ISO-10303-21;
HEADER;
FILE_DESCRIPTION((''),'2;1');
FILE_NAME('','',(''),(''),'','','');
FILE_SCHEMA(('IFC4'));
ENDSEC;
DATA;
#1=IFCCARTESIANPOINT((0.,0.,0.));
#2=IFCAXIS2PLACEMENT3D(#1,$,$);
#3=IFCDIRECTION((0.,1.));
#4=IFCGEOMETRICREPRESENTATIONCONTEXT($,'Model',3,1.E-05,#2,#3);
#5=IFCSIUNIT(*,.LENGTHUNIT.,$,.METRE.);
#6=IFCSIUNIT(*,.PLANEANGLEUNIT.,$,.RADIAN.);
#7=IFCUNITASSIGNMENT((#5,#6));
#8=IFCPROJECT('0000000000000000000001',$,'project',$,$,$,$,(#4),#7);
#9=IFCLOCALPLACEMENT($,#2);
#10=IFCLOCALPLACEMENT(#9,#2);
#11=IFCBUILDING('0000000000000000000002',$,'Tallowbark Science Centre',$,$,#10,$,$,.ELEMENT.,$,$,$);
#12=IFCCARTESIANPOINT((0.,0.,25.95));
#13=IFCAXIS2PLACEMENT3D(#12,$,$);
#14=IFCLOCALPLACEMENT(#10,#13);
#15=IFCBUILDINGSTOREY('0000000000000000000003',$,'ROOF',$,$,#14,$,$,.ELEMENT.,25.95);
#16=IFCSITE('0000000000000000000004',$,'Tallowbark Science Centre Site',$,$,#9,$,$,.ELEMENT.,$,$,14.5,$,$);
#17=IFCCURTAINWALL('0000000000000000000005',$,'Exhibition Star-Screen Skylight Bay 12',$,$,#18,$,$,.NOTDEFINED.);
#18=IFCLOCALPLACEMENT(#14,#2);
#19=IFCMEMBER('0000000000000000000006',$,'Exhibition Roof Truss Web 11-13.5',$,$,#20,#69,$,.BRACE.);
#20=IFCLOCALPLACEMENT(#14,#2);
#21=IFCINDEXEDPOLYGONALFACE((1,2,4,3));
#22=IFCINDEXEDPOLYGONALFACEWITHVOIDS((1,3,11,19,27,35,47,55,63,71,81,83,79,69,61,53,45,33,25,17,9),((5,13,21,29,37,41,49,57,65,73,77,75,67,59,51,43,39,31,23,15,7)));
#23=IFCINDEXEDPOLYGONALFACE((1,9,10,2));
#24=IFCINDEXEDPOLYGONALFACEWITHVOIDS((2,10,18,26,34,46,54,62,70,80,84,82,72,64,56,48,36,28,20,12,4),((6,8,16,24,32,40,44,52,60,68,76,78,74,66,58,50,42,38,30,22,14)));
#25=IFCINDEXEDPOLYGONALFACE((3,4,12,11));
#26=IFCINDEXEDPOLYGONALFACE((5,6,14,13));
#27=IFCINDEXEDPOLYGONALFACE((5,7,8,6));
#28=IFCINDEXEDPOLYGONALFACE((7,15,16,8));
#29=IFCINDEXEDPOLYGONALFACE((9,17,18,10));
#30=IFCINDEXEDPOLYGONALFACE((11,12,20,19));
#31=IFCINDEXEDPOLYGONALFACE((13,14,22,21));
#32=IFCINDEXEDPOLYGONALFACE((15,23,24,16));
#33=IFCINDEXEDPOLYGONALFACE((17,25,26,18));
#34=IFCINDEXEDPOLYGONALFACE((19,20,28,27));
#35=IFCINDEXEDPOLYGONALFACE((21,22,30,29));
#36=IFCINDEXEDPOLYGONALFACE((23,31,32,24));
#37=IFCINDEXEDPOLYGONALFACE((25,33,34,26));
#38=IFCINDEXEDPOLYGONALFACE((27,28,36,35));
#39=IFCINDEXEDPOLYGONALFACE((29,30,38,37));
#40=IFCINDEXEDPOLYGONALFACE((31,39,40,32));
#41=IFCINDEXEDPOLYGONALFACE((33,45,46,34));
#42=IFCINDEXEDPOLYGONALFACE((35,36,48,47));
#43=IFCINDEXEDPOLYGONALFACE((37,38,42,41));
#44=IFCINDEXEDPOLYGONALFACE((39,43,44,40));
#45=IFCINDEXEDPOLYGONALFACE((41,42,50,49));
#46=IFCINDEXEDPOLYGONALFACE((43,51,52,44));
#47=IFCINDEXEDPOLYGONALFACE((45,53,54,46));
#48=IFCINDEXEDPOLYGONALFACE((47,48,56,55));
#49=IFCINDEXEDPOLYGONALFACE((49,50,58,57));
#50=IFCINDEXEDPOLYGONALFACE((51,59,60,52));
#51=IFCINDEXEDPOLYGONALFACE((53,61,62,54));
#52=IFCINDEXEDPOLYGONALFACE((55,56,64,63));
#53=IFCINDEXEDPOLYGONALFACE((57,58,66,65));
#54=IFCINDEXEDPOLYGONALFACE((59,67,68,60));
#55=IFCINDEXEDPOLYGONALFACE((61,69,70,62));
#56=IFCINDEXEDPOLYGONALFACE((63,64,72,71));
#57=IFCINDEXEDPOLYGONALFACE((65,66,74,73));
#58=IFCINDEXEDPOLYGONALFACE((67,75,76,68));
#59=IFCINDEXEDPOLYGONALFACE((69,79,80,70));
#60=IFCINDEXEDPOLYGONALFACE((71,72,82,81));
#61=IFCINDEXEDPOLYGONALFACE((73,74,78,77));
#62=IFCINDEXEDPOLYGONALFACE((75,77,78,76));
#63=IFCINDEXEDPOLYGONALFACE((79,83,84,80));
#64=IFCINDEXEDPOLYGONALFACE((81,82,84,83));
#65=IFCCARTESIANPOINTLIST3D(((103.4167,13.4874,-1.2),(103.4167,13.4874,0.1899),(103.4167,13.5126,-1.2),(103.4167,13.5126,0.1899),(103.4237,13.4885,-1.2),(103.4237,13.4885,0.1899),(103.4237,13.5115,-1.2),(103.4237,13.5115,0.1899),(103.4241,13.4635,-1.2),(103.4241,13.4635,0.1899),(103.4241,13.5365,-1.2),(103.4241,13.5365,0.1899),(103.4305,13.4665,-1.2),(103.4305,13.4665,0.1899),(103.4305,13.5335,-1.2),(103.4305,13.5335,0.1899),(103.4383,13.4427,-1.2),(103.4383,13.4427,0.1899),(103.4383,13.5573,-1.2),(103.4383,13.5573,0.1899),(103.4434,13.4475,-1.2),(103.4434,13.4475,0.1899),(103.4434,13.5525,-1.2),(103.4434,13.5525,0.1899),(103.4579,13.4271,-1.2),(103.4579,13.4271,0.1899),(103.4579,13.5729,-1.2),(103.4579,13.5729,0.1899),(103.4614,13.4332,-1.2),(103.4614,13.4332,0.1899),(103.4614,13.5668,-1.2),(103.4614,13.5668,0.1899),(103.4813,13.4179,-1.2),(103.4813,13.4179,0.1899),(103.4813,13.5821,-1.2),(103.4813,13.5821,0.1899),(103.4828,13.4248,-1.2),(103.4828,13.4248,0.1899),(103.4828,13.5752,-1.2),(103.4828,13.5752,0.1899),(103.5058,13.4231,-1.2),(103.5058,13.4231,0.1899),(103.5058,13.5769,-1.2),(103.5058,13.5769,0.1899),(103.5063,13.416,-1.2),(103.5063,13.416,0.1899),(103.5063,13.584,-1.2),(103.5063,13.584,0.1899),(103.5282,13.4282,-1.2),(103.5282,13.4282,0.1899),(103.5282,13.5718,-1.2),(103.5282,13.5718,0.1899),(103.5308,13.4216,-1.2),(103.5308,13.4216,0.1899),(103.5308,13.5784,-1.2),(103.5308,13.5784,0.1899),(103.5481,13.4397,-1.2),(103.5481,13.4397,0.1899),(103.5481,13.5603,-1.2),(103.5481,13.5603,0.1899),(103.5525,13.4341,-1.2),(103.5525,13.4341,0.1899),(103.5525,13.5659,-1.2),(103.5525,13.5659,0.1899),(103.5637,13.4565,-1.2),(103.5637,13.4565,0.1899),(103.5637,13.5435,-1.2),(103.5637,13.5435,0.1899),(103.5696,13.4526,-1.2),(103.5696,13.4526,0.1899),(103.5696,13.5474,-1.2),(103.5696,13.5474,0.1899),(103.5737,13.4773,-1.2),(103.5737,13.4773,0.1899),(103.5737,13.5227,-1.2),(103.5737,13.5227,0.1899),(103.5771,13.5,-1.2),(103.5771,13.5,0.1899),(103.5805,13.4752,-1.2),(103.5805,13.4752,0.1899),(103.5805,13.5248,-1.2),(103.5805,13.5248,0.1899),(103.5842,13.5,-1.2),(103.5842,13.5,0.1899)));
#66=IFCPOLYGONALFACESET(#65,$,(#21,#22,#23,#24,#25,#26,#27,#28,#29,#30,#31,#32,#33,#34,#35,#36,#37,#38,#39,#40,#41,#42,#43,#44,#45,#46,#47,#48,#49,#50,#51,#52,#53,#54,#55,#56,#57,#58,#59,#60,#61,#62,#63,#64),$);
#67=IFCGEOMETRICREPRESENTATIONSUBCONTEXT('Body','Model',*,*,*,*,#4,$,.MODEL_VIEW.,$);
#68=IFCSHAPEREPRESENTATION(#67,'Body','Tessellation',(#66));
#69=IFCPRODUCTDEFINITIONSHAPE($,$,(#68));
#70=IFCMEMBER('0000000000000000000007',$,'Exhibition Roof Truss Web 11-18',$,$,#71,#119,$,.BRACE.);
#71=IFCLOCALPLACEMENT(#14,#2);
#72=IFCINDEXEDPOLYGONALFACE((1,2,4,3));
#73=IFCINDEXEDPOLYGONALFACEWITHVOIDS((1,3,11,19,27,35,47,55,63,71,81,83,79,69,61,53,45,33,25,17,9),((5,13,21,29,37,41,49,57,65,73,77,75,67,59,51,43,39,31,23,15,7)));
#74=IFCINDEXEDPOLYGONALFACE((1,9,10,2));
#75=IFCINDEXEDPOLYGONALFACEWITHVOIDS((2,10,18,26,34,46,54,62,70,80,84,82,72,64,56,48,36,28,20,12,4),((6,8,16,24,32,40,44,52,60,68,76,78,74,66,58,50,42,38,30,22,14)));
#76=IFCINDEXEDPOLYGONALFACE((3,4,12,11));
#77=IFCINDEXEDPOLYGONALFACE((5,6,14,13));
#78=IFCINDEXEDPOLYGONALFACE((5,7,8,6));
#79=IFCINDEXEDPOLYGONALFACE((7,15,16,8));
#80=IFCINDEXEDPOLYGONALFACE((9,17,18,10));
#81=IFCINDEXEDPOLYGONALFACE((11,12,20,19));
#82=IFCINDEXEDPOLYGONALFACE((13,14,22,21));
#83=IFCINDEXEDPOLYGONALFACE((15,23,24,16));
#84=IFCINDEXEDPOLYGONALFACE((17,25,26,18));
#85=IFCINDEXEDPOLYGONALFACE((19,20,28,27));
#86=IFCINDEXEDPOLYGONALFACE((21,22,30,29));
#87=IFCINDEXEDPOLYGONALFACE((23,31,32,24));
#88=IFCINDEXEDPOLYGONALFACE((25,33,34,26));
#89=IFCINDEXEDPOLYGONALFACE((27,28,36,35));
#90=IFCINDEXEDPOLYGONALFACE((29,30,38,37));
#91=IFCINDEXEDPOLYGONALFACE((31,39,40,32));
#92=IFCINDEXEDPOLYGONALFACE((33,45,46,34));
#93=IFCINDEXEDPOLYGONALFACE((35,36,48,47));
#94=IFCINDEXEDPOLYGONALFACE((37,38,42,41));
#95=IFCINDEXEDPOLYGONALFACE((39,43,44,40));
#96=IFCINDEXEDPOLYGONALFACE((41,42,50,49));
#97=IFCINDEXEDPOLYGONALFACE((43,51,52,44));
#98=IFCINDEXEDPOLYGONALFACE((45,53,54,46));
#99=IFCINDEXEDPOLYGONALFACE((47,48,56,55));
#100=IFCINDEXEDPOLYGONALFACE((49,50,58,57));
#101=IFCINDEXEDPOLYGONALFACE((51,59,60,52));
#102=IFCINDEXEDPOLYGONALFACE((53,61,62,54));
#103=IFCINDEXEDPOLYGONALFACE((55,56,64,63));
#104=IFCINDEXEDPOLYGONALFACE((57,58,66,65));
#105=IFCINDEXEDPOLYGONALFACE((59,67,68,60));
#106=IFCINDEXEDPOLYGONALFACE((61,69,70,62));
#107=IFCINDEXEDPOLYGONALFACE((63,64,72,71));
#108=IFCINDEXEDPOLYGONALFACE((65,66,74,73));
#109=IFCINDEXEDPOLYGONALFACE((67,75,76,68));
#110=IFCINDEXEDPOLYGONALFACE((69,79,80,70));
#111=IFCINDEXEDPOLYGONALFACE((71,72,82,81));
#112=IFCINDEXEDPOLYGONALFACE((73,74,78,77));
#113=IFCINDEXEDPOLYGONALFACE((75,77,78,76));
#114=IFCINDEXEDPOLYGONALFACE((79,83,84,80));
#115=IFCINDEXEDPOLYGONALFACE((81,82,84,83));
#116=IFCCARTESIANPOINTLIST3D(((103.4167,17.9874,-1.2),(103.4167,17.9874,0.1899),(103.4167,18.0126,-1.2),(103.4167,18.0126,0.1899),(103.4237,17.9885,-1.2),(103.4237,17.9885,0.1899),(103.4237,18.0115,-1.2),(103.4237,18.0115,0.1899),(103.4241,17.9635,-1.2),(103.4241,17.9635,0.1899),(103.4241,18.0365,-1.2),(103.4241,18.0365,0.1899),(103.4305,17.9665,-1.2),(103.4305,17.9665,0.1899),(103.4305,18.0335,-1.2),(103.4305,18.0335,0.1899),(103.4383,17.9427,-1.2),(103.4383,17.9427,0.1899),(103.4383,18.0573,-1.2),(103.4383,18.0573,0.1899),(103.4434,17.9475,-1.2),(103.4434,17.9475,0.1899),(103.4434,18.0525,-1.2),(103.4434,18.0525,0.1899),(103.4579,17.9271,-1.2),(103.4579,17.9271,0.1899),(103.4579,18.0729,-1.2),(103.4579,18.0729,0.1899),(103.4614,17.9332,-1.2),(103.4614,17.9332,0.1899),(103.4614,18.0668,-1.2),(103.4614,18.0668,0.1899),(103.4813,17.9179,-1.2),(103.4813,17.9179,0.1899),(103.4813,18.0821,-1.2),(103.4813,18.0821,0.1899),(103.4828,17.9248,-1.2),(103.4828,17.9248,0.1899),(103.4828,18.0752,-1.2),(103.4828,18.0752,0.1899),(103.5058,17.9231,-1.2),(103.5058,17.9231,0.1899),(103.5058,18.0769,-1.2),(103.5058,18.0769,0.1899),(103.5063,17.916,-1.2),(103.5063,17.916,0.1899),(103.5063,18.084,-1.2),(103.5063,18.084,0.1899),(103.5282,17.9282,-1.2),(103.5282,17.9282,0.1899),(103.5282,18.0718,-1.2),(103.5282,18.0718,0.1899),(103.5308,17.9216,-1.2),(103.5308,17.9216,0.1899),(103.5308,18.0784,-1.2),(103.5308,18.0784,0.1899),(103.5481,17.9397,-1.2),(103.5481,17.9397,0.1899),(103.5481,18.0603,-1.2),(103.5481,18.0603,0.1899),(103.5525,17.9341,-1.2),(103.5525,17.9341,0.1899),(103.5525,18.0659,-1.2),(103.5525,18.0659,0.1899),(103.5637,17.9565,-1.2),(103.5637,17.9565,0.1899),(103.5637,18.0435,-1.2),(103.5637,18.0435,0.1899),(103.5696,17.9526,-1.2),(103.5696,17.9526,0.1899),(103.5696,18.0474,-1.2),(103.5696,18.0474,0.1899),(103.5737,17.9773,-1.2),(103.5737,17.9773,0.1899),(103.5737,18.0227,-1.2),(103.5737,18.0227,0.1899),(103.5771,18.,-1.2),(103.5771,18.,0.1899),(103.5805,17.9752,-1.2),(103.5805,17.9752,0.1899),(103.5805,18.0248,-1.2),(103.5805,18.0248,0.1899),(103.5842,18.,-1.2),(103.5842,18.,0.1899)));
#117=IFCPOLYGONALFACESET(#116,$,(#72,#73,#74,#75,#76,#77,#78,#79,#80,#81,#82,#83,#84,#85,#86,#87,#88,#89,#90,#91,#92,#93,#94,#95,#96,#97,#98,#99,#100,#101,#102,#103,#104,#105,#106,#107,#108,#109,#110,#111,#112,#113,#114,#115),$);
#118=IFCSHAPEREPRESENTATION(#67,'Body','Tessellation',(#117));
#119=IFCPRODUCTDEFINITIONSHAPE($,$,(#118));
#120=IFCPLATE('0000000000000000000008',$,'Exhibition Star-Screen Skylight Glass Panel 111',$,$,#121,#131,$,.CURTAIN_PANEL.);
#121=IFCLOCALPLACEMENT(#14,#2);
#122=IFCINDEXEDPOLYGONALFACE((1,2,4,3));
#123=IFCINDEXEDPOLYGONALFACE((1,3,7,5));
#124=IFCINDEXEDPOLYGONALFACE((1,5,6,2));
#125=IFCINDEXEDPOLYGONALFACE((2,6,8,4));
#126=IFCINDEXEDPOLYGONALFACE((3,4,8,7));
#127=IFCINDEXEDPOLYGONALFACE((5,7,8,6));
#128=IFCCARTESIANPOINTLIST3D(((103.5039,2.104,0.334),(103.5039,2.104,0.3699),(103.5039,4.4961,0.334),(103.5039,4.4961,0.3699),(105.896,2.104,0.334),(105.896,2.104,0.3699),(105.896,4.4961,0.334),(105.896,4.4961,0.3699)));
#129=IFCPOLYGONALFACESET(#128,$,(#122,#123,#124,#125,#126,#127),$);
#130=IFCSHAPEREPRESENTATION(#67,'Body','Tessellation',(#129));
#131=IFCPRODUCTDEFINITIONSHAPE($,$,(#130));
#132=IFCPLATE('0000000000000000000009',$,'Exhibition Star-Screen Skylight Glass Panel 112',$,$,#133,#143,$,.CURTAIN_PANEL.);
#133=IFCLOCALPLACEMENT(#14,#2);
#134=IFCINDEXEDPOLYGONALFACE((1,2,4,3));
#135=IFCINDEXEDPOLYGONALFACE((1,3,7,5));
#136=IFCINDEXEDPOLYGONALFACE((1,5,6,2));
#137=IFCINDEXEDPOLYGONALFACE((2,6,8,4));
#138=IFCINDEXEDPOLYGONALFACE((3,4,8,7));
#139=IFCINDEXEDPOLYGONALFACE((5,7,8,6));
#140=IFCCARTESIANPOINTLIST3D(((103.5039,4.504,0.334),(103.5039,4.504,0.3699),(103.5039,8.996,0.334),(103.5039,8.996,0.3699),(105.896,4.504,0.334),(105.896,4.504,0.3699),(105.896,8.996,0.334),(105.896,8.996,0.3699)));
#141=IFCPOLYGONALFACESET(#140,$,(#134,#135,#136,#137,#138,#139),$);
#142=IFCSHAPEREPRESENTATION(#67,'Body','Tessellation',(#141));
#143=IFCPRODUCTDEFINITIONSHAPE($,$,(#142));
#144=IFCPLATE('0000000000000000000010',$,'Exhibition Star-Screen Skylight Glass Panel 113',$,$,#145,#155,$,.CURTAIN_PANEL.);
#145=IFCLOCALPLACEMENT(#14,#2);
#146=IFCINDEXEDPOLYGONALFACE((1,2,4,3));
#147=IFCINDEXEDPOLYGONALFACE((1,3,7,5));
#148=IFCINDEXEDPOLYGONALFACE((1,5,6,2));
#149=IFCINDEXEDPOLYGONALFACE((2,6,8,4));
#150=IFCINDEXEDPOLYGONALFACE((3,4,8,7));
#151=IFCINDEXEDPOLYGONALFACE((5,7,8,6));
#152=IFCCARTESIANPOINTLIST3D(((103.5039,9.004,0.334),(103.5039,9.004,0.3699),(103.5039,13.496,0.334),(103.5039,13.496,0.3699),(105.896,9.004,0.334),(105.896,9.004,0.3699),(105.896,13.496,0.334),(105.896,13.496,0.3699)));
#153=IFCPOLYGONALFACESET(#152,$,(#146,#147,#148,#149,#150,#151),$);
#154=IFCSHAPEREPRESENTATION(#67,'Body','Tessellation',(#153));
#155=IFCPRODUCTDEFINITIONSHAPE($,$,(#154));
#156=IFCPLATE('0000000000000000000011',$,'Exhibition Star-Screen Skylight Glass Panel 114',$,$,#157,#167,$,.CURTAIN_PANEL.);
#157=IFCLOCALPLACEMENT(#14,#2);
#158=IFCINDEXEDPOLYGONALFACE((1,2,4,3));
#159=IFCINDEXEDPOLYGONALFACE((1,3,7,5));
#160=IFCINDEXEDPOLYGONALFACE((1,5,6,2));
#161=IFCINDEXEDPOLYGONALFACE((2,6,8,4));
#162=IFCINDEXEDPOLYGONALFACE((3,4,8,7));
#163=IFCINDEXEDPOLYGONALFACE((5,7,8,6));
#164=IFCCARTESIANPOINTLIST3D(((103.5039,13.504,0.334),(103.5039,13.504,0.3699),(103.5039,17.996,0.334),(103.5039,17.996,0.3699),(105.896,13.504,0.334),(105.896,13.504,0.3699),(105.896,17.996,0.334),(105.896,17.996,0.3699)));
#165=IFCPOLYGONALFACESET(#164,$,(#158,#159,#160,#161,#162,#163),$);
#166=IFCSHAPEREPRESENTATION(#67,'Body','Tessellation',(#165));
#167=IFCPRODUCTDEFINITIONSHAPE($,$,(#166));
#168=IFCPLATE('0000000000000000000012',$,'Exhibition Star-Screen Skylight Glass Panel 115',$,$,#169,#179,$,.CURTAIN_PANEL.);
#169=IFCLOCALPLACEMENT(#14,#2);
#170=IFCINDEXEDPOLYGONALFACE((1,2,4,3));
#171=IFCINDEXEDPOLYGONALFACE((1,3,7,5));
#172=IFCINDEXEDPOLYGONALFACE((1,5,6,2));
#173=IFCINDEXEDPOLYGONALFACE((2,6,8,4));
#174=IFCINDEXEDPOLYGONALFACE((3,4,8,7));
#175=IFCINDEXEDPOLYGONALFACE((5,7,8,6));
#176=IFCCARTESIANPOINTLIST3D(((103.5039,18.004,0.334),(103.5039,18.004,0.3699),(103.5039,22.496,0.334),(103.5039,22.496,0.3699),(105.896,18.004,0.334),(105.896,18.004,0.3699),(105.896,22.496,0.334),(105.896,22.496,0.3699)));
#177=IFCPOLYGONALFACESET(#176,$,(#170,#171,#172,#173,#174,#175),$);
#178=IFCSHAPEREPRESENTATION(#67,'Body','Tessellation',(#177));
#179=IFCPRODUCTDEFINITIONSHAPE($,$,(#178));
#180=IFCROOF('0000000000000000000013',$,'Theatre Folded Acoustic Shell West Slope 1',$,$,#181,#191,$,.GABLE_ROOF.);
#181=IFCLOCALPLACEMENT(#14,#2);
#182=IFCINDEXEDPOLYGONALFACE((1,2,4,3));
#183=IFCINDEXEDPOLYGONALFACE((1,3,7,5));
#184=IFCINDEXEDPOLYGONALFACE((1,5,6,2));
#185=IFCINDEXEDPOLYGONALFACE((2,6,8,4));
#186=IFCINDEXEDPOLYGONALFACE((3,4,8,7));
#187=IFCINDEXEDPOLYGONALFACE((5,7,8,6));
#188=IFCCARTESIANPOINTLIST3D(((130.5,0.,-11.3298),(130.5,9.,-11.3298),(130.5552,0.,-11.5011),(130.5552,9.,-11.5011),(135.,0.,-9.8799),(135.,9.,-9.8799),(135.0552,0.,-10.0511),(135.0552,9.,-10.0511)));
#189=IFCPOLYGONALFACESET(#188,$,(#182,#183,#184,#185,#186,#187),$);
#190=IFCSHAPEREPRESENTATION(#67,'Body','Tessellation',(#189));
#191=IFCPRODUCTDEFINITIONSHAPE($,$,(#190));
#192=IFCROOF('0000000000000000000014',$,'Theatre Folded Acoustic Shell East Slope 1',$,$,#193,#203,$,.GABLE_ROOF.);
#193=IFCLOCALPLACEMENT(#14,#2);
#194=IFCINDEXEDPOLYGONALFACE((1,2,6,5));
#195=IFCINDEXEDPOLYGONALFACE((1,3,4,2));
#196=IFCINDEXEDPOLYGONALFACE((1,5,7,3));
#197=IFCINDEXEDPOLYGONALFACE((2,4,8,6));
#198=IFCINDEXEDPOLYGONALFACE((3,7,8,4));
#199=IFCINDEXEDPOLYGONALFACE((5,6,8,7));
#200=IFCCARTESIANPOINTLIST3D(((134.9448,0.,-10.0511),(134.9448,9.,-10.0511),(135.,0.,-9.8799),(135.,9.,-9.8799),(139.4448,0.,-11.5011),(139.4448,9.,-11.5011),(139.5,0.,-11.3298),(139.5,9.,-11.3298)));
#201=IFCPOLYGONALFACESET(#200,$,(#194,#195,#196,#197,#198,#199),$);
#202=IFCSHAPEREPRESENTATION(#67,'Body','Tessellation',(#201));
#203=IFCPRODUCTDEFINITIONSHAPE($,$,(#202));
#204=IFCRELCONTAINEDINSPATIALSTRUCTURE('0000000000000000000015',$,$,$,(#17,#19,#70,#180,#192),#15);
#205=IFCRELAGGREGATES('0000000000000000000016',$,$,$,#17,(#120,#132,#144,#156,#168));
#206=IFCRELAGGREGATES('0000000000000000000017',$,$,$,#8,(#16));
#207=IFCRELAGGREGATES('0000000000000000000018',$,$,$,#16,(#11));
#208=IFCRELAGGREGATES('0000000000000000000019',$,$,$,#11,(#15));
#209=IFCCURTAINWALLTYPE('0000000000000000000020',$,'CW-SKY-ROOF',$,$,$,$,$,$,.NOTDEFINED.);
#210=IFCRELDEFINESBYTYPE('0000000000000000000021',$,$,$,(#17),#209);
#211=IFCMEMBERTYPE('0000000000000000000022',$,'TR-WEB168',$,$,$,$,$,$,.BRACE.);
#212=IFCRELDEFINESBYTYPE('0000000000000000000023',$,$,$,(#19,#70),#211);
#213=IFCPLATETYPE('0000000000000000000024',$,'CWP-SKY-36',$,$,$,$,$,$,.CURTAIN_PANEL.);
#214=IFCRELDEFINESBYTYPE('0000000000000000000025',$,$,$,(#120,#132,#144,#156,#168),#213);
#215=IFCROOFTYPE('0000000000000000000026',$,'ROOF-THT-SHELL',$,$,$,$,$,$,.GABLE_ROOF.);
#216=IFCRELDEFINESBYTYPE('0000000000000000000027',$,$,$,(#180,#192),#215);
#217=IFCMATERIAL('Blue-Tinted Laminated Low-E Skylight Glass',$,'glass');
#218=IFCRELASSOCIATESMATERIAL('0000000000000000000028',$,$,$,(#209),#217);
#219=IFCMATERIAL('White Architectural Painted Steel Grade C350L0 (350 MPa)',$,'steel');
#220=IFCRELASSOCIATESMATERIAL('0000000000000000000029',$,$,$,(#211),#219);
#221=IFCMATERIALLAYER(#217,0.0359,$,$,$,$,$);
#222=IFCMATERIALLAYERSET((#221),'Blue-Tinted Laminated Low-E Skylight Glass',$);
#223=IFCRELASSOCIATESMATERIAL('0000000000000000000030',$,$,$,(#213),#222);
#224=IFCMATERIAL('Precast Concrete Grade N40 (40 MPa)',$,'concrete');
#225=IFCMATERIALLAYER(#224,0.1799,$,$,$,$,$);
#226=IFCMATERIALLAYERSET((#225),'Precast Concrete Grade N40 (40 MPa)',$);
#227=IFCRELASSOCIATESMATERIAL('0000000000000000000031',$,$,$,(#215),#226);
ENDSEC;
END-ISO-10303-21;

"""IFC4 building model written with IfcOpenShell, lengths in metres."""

from ifc_helpers import new_model, si_unit, direction, frame, origin, origin_2d, place, context, subcontext, project, spatial, polyline, rectangle, hollow_circle, outline, extrude, material, layer, layer_set, material_profile, profile_set, type_object, element, aggregate, save


model = new_model("IFC4")

# Units and contexts
model_context = context("Model", 3, precision=1e-05, world=origin(), true_north=direction((0.0, 1.0)))
body_context = subcontext(model_context, "Body", "Model", "MODEL_VIEW")
ifc_project = project(units=[si_unit("LENGTHUNIT", "METRE"), si_unit("PLANEANGLEUNIT", "RADIAN")], contexts=[model_context])

# Site, building, storey
site_placement = place(None, origin())
site = spatial("IfcSite", under=ifc_project, at=site_placement, Name="Tallowbark Science Centre Site", CompositionType="ELEMENT", RefElevation=14.5)
building_placement = place(site_placement, origin())
building = spatial("IfcBuilding", under=site, at=building_placement, Name="Tallowbark Science Centre", CompositionType="ELEMENT")
storey_placement = place(building_placement, frame((0.0, 0.0, 25.95)))
storey = spatial("IfcBuildingStorey", under=building, at=storey_placement, Name="ROOF", CompositionType="ELEMENT", Elevation=25.95)

# Shared definitions
ifc_material_1 = material(Name="White Architectural Painted Steel Grade C350L0 (350 MPa)", Category="steel")

# Curtain wall
ifc_material_2 = material(Name="Blue-Tinted Laminated Low-E Skylight Glass", Category="glass")
curtain_wall_type = type_object("IfcCurtainWallType", Name="CW-SKY-ROOF", PredefinedType="NOTDEFINED", material=ifc_material_2)
curtain_wall_placement = place(storey_placement, origin())
curtain_wall = element("IfcCurtainWall", 1, at=curtain_wall_placement, inside=storey, type_object=curtain_wall_type, Name="Exhibition Star-Screen Skylight Bay 12", PredefinedType="NOTDEFINED")

# Members
ifc_material_profile_1 = material_profile(ifc_material_1, hollow_circle(Radius=0.0842, WallThickness=0.0071, at=origin_2d()), Name="168.3x7.1CHS")
ifc_profile_set_1 = profile_set([ifc_material_profile_1], Name="White Architectural Painted Steel Grade C350L0 (350 MPa)")
member_type_1 = type_object("IfcMemberType", Name="TR-WEB168", PredefinedType="BRACE", material=ifc_profile_set_1)
for number, where, z_axis, x_axis, name in (
    (2, (103.5, 13.5, -1.2), (0.0, 0.0, 1.0), (1.0, 0.0, 0.0), "Exhibition Roof Truss Web 11-13.5"),
    (3, (103.5, 18.0, -1.2), (0.0, 0.0, 1.0), (1.0, 0.0, 0.0), "Exhibition Roof Truss Web 11-18"),
):
    element("IfcMember", number, at=place(storey_placement, frame(where, z_axis=z_axis, x_axis=x_axis)), inside=storey, type_object=member_type_1, Name=name, PredefinedType="BRACE", context=body_context, shape_type="SweptSolid", body=[
        extrude(hollow_circle(Radius=0.0842, WallThickness=0.0071, at=origin_2d()), origin(), (0.0, 0.0, 1.0), 1.3899),
    ])

# Plates
ifc_layer_1 = layer(ifc_material_2, 0.0359)
ifc_layer_set_1 = layer_set([ifc_layer_1], Name="Blue-Tinted Laminated Low-E Skylight Glass")
plate_type = type_object("IfcPlateType", Name="CWP-SKY-36", PredefinedType="CURTAIN_PANEL", material=ifc_layer_set_1)
plate_1_placement = place(storey_placement, frame((104.7, 3.3, 0.334), z_axis=(0.0, 0.0, 1.0), x_axis=(1.0, 0.0, 0.0)))
plate_1 = element("IfcPlate", 4, at=plate_1_placement, type_object=plate_type, Name="Exhibition Star-Screen Skylight Glass Panel 111", PredefinedType="CURTAIN_PANEL", context=body_context, shape_type="SweptSolid", body=[
    extrude(rectangle(XDim=2.3921, YDim=2.3921, at=origin_2d()), origin(), (0.0, 0.0, 1.0), 0.0359),
])
plate_2_placement = place(storey_placement, frame((104.7, 6.75, 0.334), z_axis=(0.0, 0.0, 1.0), x_axis=(1.0, 0.0, 0.0)))
plate_2 = element("IfcPlate", 5, at=plate_2_placement, type_object=plate_type, Name="Exhibition Star-Screen Skylight Glass Panel 112", PredefinedType="CURTAIN_PANEL", context=body_context, shape_type="SweptSolid", body=[
    extrude(rectangle(XDim=2.3921, YDim=4.4919, at=origin_2d()), origin(), (0.0, 0.0, 1.0), 0.0359),
])
plate_3_placement = place(storey_placement, frame((104.7, 11.25, 0.334), z_axis=(0.0, 0.0, 1.0), x_axis=(1.0, 0.0, 0.0)))
plate_3 = element("IfcPlate", 6, at=plate_3_placement, type_object=plate_type, Name="Exhibition Star-Screen Skylight Glass Panel 113", PredefinedType="CURTAIN_PANEL", context=body_context, shape_type="SweptSolid", body=[
    extrude(rectangle(XDim=2.3921, YDim=4.4919, at=origin_2d()), origin(), (0.0, 0.0, 1.0), 0.0359),
])
plate_4_placement = place(storey_placement, frame((104.7, 15.75, 0.334), z_axis=(0.0, 0.0, 1.0), x_axis=(1.0, 0.0, 0.0)))
plate_4 = element("IfcPlate", 7, at=plate_4_placement, type_object=plate_type, Name="Exhibition Star-Screen Skylight Glass Panel 114", PredefinedType="CURTAIN_PANEL", context=body_context, shape_type="SweptSolid", body=[
    extrude(rectangle(XDim=2.3921, YDim=4.4919, at=origin_2d()), origin(), (0.0, 0.0, 1.0), 0.0359),
])
plate_5_placement = place(storey_placement, frame((104.7, 20.25, 0.334), z_axis=(0.0, 0.0, 1.0), x_axis=(1.0, 0.0, 0.0)))
plate_5 = element("IfcPlate", 8, at=plate_5_placement, type_object=plate_type, Name="Exhibition Star-Screen Skylight Glass Panel 115", PredefinedType="CURTAIN_PANEL", context=body_context, shape_type="SweptSolid", body=[
    extrude(rectangle(XDim=2.3921, YDim=4.4919, at=origin_2d()), origin(), (0.0, 0.0, 1.0), 0.0359),
])
aggregate(curtain_wall, [plate_1, plate_2, plate_3, plate_4, plate_5])

# Roofs
ifc_material_3 = material(Name="Precast Concrete Grade N40 (40 MPa)", Category="concrete")
ifc_layer_2 = layer(ifc_material_3, 0.1799)
ifc_layer_set_2 = layer_set([ifc_layer_2], Name="Precast Concrete Grade N40 (40 MPa)")
roof_type = type_object("IfcRoofType", Name="ROOF-THT-SHELL", PredefinedType="GABLE_ROOF", material=ifc_layer_set_2)
for number, where, z_axis, x_axis, name in (
    (9, (130.5, 0.0, -11.3298), (-0.306684, 0.0, 0.951811), (0.951811, 0.0, 0.306684), "Theatre Folded Acoustic Shell West Slope 1"),
    (10, (135.0, 0.0, -9.8799), (0.306684, 0.0, 0.951811), (0.951811, 0.0, -0.306684), "Theatre Folded Acoustic Shell East Slope 1"),
):
    element("IfcRoof", number, at=place(storey_placement, frame(where, z_axis=z_axis, x_axis=x_axis)), inside=storey, type_object=roof_type, Name=name, PredefinedType="GABLE_ROOF", context=body_context, shape_type="SweptSolid", body=[
        extrude(outline(polyline([(0.0, 0.0), (4.7278, 0.0), (4.7278, 9.0), (0.0, 9.0), (0.0, 0.0)])), origin(), (0.0, 0.0, -1.0), 0.1799),
    ])

save(model, "model.ifc")
